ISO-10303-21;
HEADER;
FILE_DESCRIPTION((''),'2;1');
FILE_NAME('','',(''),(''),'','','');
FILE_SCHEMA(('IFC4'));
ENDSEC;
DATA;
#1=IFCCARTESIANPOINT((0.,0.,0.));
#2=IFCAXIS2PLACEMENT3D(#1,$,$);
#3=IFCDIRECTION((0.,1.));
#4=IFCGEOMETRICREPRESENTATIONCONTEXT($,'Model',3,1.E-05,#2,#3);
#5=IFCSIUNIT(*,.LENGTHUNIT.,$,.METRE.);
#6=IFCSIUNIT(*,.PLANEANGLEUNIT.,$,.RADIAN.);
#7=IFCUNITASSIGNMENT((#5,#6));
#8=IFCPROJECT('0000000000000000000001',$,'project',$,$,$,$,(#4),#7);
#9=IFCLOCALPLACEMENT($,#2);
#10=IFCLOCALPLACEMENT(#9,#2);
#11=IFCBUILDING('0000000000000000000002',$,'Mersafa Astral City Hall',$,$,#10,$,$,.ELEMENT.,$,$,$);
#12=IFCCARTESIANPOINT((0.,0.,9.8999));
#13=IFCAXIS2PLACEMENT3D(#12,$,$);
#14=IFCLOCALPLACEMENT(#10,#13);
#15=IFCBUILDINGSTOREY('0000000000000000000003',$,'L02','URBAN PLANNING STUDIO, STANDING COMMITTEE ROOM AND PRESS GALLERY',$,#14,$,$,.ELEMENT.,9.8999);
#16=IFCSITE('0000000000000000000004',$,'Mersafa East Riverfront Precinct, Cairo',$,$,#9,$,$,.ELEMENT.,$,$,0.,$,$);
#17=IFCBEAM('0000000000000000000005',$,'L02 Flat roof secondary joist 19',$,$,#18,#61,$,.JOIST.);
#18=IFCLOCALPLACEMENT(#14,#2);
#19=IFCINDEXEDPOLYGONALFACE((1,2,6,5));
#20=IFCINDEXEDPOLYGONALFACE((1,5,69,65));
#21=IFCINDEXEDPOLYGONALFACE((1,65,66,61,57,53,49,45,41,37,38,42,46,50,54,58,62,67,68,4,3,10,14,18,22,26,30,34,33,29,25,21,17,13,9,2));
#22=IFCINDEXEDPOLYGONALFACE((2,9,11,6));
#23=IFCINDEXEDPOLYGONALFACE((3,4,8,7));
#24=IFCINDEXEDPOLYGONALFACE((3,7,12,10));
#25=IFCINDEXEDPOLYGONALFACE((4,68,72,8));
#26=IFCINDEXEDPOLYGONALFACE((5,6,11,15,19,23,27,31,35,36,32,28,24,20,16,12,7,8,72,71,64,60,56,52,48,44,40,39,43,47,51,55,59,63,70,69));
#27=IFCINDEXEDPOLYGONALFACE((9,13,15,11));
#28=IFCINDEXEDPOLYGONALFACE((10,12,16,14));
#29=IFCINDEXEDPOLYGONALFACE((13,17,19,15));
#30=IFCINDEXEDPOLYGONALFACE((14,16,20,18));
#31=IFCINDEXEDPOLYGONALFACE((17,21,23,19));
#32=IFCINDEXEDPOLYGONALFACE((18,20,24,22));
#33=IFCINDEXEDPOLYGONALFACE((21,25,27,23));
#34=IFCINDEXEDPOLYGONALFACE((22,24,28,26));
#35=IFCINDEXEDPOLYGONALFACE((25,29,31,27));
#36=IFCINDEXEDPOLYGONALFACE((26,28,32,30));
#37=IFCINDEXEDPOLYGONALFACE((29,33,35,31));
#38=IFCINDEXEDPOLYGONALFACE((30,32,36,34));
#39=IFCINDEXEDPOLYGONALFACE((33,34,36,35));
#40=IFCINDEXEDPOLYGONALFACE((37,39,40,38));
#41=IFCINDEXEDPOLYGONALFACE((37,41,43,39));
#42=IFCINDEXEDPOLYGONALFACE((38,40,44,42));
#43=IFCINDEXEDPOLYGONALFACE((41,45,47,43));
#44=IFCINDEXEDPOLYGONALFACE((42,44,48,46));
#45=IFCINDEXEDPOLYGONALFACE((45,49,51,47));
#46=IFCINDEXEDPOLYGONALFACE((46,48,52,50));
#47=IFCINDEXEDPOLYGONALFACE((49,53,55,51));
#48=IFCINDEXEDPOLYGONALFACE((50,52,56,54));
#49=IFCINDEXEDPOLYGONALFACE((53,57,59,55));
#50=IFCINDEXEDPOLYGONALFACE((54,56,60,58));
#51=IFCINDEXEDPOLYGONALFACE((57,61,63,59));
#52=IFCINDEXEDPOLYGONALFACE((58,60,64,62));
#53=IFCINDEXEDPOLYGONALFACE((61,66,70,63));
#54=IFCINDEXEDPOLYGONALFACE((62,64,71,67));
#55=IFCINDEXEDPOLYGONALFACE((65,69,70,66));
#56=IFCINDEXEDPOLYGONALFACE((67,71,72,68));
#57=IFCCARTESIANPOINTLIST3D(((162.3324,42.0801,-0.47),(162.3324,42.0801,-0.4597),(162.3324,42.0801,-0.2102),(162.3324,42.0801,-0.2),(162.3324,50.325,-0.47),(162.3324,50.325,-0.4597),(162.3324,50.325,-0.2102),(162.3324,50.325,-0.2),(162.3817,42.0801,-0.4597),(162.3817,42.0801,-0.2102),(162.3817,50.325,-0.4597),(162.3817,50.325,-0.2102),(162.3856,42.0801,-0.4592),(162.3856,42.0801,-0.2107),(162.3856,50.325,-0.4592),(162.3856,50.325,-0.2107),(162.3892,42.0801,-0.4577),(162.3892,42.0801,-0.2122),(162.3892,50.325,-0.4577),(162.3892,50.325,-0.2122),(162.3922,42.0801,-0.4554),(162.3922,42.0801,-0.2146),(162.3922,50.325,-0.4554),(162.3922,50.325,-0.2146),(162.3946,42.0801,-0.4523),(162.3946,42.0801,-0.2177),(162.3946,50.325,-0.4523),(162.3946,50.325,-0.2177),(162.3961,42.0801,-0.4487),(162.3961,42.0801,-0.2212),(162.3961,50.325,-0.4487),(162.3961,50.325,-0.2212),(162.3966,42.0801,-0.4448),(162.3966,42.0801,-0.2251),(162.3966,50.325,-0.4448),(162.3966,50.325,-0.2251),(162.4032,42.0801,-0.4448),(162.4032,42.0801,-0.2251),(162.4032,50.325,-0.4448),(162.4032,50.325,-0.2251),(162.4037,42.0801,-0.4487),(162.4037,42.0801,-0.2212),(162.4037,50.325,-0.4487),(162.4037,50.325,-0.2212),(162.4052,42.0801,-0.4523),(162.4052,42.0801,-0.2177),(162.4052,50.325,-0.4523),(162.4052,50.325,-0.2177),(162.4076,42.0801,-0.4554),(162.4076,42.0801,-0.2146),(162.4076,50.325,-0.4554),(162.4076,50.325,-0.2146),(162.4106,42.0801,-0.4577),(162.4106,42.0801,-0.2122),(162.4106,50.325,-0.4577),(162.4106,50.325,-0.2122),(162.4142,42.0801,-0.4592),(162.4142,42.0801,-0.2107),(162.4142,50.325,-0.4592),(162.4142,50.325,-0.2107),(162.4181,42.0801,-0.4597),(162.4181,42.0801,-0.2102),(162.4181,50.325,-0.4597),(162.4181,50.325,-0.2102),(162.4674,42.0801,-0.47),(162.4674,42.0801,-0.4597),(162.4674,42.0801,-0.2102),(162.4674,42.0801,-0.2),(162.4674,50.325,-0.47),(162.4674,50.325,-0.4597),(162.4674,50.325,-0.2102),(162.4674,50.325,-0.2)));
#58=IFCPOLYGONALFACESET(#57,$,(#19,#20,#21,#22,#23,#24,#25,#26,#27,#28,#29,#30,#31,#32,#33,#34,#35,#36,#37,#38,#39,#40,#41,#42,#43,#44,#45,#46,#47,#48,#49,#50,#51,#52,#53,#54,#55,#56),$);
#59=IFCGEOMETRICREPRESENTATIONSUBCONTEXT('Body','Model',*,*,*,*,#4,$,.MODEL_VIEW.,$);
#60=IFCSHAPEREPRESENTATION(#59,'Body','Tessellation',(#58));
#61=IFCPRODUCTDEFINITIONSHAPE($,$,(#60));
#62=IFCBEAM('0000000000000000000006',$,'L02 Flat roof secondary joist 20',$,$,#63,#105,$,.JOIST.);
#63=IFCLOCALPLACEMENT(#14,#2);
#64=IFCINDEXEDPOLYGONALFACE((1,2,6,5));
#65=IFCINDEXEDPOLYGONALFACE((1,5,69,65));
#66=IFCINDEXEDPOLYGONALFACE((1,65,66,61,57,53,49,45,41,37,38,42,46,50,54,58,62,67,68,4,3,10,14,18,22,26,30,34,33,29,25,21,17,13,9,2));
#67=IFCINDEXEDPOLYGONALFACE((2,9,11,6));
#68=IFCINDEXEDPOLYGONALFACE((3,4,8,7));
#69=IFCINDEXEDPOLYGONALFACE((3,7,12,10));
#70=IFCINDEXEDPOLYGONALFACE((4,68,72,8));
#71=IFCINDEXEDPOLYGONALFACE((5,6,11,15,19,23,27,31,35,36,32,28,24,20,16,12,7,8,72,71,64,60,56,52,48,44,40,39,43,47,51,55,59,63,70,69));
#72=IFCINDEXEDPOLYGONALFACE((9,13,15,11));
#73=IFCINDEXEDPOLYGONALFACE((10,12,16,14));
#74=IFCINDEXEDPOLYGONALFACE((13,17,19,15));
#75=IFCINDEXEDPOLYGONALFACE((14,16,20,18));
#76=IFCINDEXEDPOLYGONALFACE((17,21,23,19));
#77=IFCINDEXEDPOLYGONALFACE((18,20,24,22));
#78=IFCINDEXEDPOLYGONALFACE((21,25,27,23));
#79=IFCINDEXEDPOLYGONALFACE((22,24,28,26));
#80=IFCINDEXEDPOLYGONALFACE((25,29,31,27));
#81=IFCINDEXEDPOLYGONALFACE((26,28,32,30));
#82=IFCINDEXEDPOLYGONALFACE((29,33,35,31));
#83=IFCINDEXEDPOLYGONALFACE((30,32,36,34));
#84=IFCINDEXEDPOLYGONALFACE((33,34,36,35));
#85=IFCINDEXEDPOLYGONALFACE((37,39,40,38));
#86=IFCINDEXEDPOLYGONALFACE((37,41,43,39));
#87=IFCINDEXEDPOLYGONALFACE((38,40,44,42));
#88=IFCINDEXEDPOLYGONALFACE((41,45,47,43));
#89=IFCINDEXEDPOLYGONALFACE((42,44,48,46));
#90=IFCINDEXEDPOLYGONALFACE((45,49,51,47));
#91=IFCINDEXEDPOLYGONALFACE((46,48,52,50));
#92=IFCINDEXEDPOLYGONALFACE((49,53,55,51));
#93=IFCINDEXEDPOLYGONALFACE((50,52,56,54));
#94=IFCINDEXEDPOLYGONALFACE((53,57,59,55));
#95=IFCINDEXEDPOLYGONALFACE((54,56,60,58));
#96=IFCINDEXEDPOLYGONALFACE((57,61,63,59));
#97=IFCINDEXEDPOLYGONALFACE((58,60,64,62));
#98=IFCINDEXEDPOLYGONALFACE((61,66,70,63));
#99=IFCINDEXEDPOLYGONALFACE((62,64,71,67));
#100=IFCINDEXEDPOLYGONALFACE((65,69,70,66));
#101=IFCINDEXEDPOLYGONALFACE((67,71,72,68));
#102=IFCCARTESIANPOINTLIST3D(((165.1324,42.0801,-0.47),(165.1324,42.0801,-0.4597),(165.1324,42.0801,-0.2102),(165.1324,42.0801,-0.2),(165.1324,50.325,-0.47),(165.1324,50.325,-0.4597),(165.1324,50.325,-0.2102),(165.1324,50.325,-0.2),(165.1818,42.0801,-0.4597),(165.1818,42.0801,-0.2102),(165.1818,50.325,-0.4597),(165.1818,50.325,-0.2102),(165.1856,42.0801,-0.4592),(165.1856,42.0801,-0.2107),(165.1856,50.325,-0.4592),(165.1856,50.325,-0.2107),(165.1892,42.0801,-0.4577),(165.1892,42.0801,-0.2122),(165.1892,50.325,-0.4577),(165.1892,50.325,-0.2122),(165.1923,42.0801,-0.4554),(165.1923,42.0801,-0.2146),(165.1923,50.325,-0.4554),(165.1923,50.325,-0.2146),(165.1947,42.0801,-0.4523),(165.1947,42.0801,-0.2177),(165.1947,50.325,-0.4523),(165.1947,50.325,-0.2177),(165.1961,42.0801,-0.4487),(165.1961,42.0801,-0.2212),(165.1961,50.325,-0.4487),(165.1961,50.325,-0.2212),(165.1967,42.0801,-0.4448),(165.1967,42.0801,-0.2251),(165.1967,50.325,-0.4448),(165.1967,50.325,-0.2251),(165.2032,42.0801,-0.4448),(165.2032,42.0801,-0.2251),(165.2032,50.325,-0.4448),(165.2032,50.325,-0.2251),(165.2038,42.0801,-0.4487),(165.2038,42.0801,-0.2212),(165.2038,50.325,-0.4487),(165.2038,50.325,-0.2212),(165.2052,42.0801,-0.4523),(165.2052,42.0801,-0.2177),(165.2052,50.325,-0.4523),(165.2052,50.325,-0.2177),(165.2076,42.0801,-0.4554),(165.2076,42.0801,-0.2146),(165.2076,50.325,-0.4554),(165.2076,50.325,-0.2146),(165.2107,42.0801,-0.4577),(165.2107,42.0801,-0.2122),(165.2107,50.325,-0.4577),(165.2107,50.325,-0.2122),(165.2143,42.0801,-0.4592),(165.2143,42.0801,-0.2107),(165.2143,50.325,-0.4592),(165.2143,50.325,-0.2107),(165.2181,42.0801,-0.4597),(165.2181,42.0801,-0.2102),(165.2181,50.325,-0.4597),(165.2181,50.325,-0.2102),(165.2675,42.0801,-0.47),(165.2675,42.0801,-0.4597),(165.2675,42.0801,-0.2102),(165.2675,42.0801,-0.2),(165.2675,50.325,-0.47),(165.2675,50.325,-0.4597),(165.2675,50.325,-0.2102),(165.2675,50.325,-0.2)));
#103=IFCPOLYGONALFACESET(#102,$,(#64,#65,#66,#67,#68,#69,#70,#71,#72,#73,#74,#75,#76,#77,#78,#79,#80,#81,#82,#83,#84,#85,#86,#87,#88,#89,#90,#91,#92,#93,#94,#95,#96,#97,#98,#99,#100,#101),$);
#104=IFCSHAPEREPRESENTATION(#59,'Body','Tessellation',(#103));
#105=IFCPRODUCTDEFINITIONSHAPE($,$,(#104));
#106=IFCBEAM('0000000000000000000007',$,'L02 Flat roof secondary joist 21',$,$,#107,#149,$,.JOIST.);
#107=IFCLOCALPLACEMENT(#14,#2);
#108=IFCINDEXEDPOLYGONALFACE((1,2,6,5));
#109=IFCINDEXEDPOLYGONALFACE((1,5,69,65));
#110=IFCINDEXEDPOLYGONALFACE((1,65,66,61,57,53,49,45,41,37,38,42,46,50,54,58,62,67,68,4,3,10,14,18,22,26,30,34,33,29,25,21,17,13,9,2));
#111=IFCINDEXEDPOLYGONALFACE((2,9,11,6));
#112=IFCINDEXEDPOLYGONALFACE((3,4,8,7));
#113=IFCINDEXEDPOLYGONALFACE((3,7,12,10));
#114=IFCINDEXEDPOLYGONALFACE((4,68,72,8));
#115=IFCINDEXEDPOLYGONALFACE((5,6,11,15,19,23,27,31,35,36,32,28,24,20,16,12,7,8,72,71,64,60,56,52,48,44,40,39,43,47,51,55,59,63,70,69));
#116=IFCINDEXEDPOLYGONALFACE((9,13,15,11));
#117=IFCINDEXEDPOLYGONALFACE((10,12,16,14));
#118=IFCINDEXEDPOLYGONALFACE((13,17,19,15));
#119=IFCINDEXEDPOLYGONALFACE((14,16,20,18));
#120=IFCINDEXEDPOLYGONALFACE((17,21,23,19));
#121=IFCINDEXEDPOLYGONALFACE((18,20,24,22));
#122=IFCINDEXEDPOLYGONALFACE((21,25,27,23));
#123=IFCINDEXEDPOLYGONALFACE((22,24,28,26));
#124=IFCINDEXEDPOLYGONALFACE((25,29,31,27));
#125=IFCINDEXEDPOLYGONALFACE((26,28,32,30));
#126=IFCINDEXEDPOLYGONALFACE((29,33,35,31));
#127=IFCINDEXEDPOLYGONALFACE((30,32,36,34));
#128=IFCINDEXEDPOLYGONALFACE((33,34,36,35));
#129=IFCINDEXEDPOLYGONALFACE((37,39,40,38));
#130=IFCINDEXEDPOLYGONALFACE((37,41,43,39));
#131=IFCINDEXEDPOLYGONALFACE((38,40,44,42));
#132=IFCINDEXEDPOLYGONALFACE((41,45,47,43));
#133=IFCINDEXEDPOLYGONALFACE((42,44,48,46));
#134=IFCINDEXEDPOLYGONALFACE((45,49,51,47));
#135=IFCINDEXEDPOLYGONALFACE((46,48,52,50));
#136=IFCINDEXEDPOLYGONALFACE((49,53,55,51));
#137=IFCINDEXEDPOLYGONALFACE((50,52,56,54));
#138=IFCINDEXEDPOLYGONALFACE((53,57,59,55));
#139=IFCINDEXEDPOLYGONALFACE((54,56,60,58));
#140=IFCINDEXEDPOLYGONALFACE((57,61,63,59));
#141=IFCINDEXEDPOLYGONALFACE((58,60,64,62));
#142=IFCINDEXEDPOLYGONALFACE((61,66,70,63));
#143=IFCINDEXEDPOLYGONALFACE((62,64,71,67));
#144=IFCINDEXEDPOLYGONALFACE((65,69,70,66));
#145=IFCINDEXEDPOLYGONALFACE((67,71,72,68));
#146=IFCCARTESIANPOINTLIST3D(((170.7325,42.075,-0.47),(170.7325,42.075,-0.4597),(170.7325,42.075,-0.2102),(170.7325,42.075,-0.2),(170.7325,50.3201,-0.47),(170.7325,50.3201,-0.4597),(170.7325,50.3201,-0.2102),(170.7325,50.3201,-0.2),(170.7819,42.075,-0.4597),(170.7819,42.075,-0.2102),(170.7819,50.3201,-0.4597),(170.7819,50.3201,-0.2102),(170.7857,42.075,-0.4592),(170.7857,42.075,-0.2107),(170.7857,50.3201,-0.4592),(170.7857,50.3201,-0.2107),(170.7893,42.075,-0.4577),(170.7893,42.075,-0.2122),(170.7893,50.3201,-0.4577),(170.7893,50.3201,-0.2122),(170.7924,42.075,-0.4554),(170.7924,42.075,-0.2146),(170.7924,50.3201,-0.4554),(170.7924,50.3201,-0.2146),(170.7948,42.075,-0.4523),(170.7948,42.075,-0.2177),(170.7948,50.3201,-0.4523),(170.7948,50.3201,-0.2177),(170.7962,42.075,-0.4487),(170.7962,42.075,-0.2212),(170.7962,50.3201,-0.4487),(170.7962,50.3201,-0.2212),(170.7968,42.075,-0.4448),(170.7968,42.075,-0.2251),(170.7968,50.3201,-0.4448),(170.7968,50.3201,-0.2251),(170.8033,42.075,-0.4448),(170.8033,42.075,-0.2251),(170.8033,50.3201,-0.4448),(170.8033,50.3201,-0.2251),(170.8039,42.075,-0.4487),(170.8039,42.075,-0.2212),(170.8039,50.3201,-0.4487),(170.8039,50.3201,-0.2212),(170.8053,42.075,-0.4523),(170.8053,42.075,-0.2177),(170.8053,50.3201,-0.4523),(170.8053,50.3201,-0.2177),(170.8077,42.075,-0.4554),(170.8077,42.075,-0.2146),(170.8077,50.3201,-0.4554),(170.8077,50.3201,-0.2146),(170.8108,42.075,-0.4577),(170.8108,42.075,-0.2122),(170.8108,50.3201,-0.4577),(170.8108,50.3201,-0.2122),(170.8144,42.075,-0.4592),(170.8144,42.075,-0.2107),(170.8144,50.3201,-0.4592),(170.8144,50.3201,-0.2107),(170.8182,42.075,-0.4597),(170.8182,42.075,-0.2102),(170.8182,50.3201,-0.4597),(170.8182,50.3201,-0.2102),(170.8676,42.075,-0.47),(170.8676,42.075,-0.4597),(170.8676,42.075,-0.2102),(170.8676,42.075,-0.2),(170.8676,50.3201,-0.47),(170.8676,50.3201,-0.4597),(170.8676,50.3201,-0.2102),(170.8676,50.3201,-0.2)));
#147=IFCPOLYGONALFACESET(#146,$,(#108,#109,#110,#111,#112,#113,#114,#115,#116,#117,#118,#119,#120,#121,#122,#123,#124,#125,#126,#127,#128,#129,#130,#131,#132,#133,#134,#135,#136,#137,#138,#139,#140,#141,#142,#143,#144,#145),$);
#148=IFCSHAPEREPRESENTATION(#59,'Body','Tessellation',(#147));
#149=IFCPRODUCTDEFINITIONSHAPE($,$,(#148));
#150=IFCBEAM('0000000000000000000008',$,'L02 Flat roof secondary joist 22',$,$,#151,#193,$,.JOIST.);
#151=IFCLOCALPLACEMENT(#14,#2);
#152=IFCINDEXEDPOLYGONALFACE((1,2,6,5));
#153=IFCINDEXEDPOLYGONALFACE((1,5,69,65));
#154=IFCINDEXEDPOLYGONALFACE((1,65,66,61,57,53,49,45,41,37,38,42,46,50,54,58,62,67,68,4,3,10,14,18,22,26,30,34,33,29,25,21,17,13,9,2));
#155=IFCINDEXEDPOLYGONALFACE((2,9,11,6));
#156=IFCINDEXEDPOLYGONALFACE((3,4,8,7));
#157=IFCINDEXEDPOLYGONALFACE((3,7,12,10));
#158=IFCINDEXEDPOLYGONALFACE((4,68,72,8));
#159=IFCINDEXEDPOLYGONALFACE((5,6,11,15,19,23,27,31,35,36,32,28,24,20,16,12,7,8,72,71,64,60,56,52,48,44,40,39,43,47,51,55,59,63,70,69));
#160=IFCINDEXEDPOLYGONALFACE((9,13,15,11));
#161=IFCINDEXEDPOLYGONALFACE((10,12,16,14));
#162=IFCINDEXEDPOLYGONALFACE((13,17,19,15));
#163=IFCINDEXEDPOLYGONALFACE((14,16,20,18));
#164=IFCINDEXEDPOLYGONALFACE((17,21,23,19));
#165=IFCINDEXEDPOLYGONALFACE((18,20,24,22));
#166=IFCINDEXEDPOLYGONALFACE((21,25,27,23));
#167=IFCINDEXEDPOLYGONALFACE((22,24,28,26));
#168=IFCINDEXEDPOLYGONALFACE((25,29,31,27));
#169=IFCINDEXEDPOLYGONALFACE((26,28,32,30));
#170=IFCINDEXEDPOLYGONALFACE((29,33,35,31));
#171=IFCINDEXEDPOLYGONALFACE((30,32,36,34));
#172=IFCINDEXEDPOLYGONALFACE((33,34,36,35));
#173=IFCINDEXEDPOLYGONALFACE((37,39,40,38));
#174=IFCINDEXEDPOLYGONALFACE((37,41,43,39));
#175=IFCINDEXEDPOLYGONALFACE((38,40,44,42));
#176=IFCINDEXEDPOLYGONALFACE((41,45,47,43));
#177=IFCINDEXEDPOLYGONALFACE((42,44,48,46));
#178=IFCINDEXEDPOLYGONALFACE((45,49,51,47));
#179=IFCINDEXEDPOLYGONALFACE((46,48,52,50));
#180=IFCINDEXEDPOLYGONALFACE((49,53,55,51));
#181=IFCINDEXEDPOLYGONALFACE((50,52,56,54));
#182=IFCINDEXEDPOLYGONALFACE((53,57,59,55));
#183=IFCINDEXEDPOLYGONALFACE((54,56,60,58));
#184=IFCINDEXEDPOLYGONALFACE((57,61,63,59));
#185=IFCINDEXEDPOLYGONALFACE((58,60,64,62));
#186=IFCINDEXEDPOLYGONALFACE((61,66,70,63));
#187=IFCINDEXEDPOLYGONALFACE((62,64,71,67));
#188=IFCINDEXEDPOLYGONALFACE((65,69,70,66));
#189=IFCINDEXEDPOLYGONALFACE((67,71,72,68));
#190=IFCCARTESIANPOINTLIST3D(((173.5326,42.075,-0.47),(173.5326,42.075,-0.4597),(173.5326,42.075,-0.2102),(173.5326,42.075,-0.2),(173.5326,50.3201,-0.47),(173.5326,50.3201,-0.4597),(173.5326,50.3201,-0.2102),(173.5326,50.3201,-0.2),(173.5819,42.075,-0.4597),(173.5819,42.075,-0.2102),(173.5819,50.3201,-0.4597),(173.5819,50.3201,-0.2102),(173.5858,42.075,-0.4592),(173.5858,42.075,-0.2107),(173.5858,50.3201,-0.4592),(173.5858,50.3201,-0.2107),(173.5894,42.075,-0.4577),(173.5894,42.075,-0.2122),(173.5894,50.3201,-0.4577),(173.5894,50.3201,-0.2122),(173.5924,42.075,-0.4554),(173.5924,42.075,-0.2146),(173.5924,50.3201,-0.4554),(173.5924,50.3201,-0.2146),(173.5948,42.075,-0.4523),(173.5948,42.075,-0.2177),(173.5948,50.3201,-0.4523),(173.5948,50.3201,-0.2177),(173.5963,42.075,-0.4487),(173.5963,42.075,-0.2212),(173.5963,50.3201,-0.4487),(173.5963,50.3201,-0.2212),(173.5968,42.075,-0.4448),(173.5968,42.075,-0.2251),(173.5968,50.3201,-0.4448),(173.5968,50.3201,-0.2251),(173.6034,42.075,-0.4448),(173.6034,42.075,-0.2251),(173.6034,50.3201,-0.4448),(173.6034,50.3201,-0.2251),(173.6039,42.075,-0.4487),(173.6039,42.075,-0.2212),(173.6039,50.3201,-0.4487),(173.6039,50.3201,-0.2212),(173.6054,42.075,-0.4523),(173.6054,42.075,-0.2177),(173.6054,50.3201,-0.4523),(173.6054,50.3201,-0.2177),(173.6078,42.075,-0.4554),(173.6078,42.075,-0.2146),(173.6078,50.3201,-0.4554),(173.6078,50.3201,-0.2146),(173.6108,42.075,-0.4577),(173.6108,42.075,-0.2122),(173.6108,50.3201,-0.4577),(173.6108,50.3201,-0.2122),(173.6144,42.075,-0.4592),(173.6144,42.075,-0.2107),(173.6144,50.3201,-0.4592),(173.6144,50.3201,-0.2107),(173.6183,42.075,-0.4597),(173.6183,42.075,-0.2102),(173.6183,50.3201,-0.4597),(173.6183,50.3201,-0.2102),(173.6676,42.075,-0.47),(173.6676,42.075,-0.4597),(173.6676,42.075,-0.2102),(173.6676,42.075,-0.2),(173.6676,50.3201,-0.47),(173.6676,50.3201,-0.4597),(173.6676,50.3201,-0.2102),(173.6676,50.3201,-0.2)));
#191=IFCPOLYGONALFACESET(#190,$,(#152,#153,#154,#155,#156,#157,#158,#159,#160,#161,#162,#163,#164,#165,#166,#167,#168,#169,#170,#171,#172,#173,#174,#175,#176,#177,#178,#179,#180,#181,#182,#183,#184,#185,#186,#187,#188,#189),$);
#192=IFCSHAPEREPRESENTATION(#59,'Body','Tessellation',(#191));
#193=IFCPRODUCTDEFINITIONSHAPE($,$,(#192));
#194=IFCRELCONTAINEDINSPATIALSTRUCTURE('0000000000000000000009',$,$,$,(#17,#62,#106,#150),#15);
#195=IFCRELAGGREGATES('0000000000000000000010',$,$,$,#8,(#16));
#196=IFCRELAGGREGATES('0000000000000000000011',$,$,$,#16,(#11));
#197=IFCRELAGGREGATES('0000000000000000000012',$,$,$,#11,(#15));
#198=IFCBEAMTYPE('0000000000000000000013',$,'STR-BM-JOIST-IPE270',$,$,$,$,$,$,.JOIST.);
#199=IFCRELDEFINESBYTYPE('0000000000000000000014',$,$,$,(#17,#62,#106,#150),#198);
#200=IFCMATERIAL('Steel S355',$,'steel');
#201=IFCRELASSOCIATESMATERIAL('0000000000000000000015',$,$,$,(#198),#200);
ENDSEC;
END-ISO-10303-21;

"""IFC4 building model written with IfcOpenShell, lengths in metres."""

from ifc_helpers import new_model, si_unit, direction, frame, origin, origin_2d, place, context, subcontext, project, spatial, i_section, extrude, material, material_profile, profile_set, type_object, element, save


model = new_model("IFC4")

# Units and contexts
model_context = context("Model", 3, precision=1e-05, world=origin(), true_north=direction((0.0, 1.0)))
body_context = subcontext(model_context, "Body", "Model", "MODEL_VIEW")
ifc_project = project(units=[si_unit("LENGTHUNIT", "METRE"), si_unit("PLANEANGLEUNIT", "RADIAN")], contexts=[model_context])

# Site, building, storey
site_placement = place(None, origin())
site = spatial("IfcSite", under=ifc_project, at=site_placement, Name="Mersafa East Riverfront Precinct, Cairo", CompositionType="ELEMENT", RefElevation=0.0)
building_placement = place(site_placement, origin())
building = spatial("IfcBuilding", under=site, at=building_placement, Name="Mersafa Astral City Hall", CompositionType="ELEMENT")
storey_placement = place(building_placement, frame((0.0, 0.0, 9.8999)))
storey = spatial("IfcBuildingStorey", under=building, at=storey_placement, Name="L02", Description="URBAN PLANNING STUDIO, STANDING COMMITTEE ROOM AND PRESS GALLERY", CompositionType="ELEMENT", Elevation=9.8999)

# Beams
ifc_material_1 = material(Name="Steel S355", Category="steel")
ifc_material_profile_1 = material_profile(ifc_material_1, i_section(OverallWidth=0.135, OverallDepth=0.27, WebThickness=0.0066, FlangeThickness=0.0103, FilletRadius=0.0149, at=origin_2d()), Name="IPE 270")
ifc_profile_set_1 = profile_set([ifc_material_profile_1], Name="Steel S355")
beam_type_1 = type_object("IfcBeamType", Name="STR-BM-JOIST-IPE270", PredefinedType="JOIST", material=ifc_profile_set_1)
for number, where, z_axis, x_axis, name in (
    (1, (162.3999, 42.0801, -0.335), (0.0, 1.0, 0.0), (-1.0, 0.0, 0.0), "L02 Flat roof secondary joist 19"),
    (2, (165.2, 42.0801, -0.335), (0.0, 1.0, 0.0), (-1.0, 0.0, 0.0), "L02 Flat roof secondary joist 20"),
):
    element("IfcBeam", number, at=place(storey_placement, frame(where, z_axis=z_axis, x_axis=x_axis)), inside=storey, type_object=beam_type_1, Name=name, PredefinedType="JOIST", context=body_context, shape_type="SweptSolid", body=[
        extrude(i_section(OverallWidth=0.135, OverallDepth=0.27, WebThickness=0.0066, FlangeThickness=0.0103, FilletRadius=0.0149, at=origin_2d()), origin(), (0.0, 0.0, 1.0), 8.2449),
    ])
for number, where, z_axis, x_axis, name in (
    (3, (170.8, 42.075, -0.335), (0.0, 1.0, 0.0), (-1.0, 0.0, 0.0), "L02 Flat roof secondary joist 21"),
    (4, (173.6001, 42.075, -0.335), (0.0, 1.0, 0.0), (-1.0, 0.0, 0.0), "L02 Flat roof secondary joist 22"),
):
    element("IfcBeam", number, at=place(storey_placement, frame(where, z_axis=z_axis, x_axis=x_axis)), inside=storey, type_object=beam_type_1, Name=name, PredefinedType="JOIST", context=body_context, shape_type="SweptSolid", body=[
        extrude(i_section(OverallWidth=0.135, OverallDepth=0.27, WebThickness=0.0066, FlangeThickness=0.0103, FilletRadius=0.0149, at=origin_2d()), origin(), (0.0, 0.0, 1.0), 8.2451),
    ])

save(model, "model.ifc")
